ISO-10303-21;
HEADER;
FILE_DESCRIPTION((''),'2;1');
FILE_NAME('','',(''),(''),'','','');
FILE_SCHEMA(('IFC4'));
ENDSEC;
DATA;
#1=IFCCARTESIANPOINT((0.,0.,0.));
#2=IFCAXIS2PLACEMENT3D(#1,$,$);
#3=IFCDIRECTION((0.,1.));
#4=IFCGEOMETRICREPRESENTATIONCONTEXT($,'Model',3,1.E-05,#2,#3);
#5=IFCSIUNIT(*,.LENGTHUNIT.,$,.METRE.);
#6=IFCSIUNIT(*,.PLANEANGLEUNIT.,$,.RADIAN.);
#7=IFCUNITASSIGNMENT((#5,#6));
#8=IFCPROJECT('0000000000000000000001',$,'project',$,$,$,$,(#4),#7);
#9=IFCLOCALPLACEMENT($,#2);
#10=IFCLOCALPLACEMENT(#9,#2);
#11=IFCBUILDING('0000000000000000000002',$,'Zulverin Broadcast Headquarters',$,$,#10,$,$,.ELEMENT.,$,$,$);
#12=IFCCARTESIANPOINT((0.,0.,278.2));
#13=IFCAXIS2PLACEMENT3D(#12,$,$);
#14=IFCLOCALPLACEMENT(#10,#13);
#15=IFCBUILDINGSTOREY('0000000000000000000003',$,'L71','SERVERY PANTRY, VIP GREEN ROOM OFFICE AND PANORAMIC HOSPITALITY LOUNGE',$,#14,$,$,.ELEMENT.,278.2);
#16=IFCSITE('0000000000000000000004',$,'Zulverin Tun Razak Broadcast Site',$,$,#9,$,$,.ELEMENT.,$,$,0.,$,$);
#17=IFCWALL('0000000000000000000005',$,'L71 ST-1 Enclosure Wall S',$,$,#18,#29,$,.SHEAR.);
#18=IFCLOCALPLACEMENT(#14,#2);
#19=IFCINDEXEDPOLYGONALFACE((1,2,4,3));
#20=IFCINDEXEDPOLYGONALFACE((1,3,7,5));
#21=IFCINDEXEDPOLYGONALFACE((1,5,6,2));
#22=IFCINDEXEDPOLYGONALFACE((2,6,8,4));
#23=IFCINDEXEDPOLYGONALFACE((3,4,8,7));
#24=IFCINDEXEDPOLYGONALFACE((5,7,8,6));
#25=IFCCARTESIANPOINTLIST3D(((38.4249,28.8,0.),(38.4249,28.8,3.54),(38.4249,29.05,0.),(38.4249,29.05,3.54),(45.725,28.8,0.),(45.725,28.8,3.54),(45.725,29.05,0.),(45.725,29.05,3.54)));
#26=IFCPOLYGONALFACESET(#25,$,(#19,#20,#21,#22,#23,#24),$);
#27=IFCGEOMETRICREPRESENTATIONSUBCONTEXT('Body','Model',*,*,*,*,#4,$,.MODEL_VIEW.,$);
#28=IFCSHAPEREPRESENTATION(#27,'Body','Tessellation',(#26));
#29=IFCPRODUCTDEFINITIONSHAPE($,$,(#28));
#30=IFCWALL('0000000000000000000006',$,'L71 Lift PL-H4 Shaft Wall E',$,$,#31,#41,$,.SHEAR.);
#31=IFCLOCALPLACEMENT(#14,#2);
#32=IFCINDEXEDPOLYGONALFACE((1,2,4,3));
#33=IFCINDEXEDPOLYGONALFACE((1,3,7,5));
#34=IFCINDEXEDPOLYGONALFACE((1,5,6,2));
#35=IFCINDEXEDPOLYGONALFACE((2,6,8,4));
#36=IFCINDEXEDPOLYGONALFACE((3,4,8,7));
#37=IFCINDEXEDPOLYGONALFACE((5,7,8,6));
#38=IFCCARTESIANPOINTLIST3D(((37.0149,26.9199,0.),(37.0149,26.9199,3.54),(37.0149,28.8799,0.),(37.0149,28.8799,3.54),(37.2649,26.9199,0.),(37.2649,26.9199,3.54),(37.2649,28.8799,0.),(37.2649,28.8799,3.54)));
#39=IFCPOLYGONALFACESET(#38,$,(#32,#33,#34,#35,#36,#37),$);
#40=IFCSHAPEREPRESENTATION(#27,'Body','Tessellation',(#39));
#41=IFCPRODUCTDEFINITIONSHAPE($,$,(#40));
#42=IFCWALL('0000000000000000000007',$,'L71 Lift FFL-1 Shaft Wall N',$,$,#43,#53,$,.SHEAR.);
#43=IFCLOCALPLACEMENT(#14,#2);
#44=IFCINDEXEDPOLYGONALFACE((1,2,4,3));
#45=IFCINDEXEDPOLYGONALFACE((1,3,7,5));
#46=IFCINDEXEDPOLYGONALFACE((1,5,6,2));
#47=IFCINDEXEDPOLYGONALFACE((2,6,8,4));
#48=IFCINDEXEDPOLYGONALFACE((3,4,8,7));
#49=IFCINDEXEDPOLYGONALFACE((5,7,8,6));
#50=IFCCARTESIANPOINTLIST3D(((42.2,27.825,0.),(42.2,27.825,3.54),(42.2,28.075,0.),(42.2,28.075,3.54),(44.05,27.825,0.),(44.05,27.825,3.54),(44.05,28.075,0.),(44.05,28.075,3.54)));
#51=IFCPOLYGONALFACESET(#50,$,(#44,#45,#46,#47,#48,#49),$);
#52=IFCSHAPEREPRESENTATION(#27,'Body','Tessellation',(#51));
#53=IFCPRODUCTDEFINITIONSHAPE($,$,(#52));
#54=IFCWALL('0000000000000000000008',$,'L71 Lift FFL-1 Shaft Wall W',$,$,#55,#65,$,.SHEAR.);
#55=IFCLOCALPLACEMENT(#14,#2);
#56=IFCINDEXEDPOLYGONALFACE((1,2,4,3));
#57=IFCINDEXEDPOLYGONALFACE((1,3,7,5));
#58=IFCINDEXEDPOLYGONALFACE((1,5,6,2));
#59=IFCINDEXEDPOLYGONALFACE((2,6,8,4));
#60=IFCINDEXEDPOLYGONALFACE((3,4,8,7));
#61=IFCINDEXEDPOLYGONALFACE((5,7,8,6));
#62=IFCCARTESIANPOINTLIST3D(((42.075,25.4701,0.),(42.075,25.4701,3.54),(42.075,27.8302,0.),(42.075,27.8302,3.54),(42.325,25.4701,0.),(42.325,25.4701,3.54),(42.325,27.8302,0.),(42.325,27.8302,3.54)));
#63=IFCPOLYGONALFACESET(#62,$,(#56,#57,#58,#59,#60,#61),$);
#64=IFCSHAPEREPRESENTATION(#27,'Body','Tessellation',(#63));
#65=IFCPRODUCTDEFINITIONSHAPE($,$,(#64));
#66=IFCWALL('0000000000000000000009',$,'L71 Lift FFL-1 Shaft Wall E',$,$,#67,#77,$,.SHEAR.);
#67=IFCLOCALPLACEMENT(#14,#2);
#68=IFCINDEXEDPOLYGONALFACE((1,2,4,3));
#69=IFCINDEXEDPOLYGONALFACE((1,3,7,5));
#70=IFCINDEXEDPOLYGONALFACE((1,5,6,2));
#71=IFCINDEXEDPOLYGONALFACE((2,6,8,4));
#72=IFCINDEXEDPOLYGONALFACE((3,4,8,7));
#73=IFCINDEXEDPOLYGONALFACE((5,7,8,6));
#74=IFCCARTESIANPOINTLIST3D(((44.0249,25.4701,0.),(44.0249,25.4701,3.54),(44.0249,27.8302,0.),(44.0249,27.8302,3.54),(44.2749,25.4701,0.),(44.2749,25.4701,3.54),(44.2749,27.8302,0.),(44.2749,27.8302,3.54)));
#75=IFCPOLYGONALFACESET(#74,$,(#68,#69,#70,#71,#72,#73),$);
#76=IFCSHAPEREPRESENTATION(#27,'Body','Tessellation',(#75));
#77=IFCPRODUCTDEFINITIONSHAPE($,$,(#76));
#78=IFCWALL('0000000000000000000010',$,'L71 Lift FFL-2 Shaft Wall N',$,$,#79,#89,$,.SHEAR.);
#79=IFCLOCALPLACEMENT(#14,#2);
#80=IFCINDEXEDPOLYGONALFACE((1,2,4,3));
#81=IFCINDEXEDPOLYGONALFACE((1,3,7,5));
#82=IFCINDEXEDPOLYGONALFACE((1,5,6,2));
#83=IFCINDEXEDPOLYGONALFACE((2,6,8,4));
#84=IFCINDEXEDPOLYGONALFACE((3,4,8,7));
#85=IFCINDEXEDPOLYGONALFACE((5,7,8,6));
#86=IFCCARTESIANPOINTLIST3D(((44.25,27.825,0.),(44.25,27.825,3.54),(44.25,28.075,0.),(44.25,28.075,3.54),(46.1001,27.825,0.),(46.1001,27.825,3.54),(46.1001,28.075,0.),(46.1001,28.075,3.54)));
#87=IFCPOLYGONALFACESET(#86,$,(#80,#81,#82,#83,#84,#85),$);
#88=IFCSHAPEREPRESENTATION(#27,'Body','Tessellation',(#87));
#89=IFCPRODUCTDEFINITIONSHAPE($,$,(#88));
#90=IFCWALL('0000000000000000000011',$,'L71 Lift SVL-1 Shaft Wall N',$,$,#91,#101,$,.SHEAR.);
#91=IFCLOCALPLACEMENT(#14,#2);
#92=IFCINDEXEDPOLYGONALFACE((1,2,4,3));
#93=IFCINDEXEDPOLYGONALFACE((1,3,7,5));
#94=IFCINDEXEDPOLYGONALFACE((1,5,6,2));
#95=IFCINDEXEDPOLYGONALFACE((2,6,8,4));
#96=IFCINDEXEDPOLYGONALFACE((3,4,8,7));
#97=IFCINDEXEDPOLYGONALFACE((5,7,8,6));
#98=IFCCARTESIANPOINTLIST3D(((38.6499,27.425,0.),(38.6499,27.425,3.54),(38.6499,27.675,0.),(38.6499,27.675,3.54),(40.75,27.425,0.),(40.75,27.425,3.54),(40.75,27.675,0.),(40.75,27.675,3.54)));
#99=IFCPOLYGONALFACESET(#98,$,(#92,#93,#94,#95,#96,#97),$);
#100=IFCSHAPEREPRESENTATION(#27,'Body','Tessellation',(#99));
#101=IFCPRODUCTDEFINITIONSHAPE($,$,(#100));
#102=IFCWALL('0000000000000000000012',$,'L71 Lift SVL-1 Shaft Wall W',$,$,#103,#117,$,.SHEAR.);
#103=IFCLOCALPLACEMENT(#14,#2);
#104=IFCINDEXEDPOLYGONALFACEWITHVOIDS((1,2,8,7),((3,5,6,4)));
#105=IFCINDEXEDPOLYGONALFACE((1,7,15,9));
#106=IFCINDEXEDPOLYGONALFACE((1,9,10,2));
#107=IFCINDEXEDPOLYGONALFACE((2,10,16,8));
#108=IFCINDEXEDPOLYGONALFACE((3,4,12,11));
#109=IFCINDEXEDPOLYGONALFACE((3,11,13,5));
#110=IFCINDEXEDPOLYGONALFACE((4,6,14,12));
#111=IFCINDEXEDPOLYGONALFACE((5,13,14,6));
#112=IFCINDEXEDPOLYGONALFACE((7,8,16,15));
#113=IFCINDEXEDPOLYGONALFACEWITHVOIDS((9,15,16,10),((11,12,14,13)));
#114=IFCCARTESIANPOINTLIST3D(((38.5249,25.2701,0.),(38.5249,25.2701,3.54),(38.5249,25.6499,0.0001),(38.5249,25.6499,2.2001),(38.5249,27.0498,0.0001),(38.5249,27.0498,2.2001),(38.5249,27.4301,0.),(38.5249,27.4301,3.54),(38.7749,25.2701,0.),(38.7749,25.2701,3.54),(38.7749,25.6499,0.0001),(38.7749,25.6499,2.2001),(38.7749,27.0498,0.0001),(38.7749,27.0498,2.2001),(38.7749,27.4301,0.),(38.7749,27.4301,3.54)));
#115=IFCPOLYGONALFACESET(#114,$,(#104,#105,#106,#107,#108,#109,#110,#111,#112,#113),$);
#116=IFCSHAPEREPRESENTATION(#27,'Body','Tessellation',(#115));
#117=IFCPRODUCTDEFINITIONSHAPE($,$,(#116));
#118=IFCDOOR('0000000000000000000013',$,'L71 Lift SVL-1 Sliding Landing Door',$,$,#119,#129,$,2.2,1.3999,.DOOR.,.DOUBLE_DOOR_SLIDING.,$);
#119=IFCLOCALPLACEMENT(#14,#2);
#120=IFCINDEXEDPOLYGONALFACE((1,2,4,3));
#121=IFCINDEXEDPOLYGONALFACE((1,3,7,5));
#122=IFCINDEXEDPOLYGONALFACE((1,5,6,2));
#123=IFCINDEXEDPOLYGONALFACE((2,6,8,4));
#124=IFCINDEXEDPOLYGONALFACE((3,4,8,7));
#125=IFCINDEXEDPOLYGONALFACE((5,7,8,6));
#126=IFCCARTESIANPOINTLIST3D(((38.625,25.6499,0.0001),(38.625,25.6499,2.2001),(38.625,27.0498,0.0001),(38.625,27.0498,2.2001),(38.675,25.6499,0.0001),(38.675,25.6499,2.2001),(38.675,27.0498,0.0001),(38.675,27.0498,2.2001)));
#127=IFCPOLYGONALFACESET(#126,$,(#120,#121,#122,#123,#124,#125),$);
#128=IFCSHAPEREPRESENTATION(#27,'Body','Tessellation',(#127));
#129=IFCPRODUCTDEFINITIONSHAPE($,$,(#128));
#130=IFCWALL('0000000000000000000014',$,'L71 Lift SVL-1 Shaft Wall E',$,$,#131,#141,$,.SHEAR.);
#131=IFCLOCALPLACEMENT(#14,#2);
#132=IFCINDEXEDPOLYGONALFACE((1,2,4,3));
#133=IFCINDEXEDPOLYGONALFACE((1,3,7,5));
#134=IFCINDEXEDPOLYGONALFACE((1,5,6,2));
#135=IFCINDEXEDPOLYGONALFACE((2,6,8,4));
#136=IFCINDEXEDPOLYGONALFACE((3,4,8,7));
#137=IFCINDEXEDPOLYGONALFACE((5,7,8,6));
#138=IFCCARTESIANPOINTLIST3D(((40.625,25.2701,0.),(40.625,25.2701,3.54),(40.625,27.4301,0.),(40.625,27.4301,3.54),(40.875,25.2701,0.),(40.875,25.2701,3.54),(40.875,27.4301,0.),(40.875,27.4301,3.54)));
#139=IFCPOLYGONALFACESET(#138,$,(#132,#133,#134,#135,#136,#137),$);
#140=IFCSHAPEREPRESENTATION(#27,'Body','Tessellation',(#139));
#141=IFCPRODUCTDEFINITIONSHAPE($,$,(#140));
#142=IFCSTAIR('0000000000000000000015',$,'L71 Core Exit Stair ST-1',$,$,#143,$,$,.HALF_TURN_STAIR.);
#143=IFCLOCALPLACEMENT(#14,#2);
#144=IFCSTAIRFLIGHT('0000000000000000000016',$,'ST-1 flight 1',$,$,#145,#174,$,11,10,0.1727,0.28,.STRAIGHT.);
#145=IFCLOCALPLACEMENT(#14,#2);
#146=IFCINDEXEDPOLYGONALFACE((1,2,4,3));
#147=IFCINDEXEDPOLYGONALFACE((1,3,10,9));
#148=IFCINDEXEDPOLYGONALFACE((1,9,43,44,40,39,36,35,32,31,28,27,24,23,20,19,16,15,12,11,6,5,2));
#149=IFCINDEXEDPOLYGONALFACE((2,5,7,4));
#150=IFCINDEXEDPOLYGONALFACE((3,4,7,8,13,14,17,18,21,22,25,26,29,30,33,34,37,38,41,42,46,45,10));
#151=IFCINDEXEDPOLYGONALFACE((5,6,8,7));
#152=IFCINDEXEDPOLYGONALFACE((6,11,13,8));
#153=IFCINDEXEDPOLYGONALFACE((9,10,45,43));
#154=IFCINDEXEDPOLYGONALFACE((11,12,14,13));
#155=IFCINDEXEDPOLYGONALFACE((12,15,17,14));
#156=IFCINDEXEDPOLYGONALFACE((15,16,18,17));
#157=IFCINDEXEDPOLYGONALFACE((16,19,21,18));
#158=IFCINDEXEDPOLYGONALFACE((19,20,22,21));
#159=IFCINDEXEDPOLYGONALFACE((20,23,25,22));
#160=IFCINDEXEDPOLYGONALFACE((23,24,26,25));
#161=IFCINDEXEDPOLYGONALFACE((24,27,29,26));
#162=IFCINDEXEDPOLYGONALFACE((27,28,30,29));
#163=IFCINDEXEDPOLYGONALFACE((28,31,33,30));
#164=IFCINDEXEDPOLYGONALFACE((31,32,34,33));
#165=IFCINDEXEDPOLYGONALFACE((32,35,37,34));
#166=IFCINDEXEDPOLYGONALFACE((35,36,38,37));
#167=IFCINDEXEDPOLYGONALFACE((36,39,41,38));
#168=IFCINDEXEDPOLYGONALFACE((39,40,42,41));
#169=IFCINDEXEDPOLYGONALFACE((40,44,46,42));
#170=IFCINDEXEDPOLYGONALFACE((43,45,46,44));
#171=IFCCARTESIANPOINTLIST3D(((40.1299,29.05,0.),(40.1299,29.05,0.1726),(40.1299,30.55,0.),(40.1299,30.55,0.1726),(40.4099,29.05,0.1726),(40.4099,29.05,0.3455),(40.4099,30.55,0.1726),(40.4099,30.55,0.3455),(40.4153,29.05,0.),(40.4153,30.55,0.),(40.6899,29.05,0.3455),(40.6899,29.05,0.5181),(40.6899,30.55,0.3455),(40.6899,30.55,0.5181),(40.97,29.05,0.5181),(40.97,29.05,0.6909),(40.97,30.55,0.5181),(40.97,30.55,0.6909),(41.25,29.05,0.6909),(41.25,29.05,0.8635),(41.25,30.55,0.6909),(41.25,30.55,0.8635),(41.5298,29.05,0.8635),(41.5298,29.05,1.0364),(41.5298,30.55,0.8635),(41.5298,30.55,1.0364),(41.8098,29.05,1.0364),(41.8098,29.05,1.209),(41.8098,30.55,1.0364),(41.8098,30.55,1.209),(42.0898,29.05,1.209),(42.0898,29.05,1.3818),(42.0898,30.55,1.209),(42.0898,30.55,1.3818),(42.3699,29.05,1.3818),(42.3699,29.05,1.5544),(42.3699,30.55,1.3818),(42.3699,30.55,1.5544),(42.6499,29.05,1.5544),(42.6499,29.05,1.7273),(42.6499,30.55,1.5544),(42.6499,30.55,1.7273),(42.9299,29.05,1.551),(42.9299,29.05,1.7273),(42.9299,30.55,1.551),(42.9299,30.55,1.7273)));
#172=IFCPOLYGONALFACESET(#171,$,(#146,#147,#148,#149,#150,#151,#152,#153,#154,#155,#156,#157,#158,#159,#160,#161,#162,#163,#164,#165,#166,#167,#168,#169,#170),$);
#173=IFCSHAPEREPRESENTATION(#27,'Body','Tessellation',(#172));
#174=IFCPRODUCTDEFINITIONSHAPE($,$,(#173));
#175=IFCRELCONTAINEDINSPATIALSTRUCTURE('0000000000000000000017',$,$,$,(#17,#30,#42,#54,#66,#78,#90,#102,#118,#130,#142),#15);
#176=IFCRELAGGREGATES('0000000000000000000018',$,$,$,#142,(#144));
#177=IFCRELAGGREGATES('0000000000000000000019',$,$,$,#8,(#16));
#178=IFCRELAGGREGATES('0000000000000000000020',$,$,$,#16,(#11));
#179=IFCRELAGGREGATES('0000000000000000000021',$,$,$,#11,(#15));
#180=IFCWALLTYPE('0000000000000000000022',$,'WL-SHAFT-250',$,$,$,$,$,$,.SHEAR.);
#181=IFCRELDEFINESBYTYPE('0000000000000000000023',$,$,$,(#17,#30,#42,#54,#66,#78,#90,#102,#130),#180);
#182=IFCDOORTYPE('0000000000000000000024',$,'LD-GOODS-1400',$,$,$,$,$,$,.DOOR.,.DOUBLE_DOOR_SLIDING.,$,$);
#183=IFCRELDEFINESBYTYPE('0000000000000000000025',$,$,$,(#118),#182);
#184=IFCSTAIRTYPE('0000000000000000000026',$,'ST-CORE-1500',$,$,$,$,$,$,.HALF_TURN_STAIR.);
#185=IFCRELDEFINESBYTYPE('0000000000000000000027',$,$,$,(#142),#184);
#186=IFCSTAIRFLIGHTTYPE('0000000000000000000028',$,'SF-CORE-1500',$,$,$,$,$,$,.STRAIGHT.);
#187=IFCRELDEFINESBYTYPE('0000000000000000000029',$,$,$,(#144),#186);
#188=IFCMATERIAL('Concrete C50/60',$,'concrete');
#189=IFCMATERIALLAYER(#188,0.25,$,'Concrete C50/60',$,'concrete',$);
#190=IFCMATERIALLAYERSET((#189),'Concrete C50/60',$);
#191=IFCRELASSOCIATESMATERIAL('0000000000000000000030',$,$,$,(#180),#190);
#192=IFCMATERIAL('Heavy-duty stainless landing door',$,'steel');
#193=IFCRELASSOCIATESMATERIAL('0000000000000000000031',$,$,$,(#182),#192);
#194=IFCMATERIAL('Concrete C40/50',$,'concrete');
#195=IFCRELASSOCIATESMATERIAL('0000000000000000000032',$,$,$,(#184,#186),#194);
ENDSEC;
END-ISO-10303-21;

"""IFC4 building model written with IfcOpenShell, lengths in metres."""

from ifc_helpers import new_model, si_unit, direction, frame, frame_2d, origin, place, context, subcontext, project, spatial, polyline, rectangle, outline, extrude, material, layer, layer_set, type_object, element, fill, aggregate, save


model = new_model("IFC4")

# Units and contexts
model_context = context("Model", 3, precision=1e-05, world=origin(), true_north=direction((0.0, 1.0)))
body_context = subcontext(model_context, "Body", "Model", "MODEL_VIEW")
ifc_project = project(units=[si_unit("LENGTHUNIT", "METRE"), si_unit("PLANEANGLEUNIT", "RADIAN")], contexts=[model_context])

# Site, building, storey
site_placement = place(None, origin())
site = spatial("IfcSite", under=ifc_project, at=site_placement, Name="Zulverin Tun Razak Broadcast Site", CompositionType="ELEMENT", RefElevation=0.0)
building_placement = place(site_placement, origin())
building = spatial("IfcBuilding", under=site, at=building_placement, Name="Zulverin Broadcast Headquarters", CompositionType="ELEMENT")
storey_placement = place(building_placement, frame((0.0, 0.0, 278.2)))
storey = spatial("IfcBuildingStorey", under=building, at=storey_placement, Name="L71", Description="SERVERY PANTRY, VIP GREEN ROOM OFFICE AND PANORAMIC HOSPITALITY LOUNGE", CompositionType="ELEMENT", Elevation=278.2)

# Wall
ifc_material_1 = material(Name="Concrete C50/60", Category="concrete")
ifc_layer = layer(ifc_material_1, 0.25, Name="Concrete C50/60", Category="concrete")
ifc_layer_set = layer_set([ifc_layer], Name="Concrete C50/60")
wall_type = type_object("IfcWallType", Name="WL-SHAFT-250", PredefinedType="SHEAR", material=ifc_layer_set)
wall_1_placement = place(storey_placement, frame((38.425, 28.925, 0.0), z_axis=(0.0, 0.0, 1.0), x_axis=(1.0, 0.0, 0.0)))
element("IfcWall", 1, at=wall_1_placement, inside=storey, type_object=wall_type, Name="L71 ST-1 Enclosure Wall S", PredefinedType="SHEAR", context=body_context, shape_type="SweptSolid", body=[
    extrude(rectangle(XDim=7.3, YDim=0.25, at=frame_2d((3.6499, 0.0))), origin(), (0.0, 0.0, 1.0), 3.54),
])

# Wall
wall_2_placement = place(storey_placement, frame((37.1399, 26.9199, 0.0), z_axis=(0.0, 0.0, 1.0), x_axis=(0.0, 1.0, 0.0)))
element("IfcWall", 2, at=wall_2_placement, inside=storey, type_object=wall_type, Name="L71 Lift PL-H4 Shaft Wall E", PredefinedType="SHEAR", context=body_context, shape_type="SweptSolid", body=[
    extrude(rectangle(XDim=1.96, YDim=0.25, at=frame_2d((0.98, 0.0))), origin(), (0.0, 0.0, 1.0), 3.54),
])

# Walls
wall_3_placement = place(storey_placement, frame((42.2, 27.95, 0.0), z_axis=(0.0, 0.0, 1.0), x_axis=(1.0, 0.0, 0.0)))
element("IfcWall", 3, at=wall_3_placement, inside=storey, type_object=wall_type, Name="L71 Lift FFL-1 Shaft Wall N", PredefinedType="SHEAR", context=body_context, shape_type="SweptSolid", body=[
    extrude(rectangle(XDim=1.8501, YDim=0.25, at=frame_2d((0.925, 0.0))), origin(), (0.0, 0.0, 1.0), 3.54),
])
for number, where, z_axis, x_axis, name in (
    (4, (42.2, 25.47, 0.0), (0.0, 0.0, 1.0), (0.0, 1.0, 0.0), "L71 Lift FFL-1 Shaft Wall W"),
    (5, (44.1499, 25.47, 0.0), (0.0, 0.0, 1.0), (0.0, 1.0, 0.0), "L71 Lift FFL-1 Shaft Wall E"),
):
    element("IfcWall", number, at=place(storey_placement, frame(where, z_axis=z_axis, x_axis=x_axis)), inside=storey, type_object=wall_type, Name=name, PredefinedType="SHEAR", context=body_context, shape_type="SweptSolid", body=[
        extrude(rectangle(XDim=2.3601, YDim=0.25, at=frame_2d((1.1802, 0.0))), origin(), (0.0, 0.0, 1.0), 3.54),
    ])

# Walls
wall_4_placement = place(storey_placement, frame((44.25, 27.95, 0.0), z_axis=(0.0, 0.0, 1.0), x_axis=(1.0, 0.0, 0.0)))
element("IfcWall", 6, at=wall_4_placement, inside=storey, type_object=wall_type, Name="L71 Lift FFL-2 Shaft Wall N", PredefinedType="SHEAR", context=body_context, shape_type="SweptSolid", body=[
    extrude(rectangle(XDim=1.8501, YDim=0.25, at=frame_2d((0.925, 0.0))), origin(), (0.0, 0.0, 1.0), 3.54),
])
wall_5_placement = place(storey_placement, frame((38.6499, 27.55, 0.0), z_axis=(0.0, 0.0, 1.0), x_axis=(1.0, 0.0, 0.0)))
element("IfcWall", 7, at=wall_5_placement, inside=storey, type_object=wall_type, Name="L71 Lift SVL-1 Shaft Wall N", PredefinedType="SHEAR", context=body_context, shape_type="SweptSolid", body=[
    extrude(rectangle(XDim=2.1001, YDim=0.25, at=frame_2d((1.05, 0.0))), origin(), (0.0, 0.0, 1.0), 3.54),
])

# Wall, opening, door
wall_6_placement = place(storey_placement, frame((38.6499, 25.27, 0.0), z_axis=(0.0, 0.0, 1.0), x_axis=(0.0, 1.0, 0.0)))
wall_6 = element("IfcWall", 8, at=wall_6_placement, inside=storey, type_object=wall_type, Name="L71 Lift SVL-1 Shaft Wall W", PredefinedType="SHEAR", context=body_context, shape_type="SweptSolid", body=[
    extrude(rectangle(XDim=2.1599, YDim=0.25, at=frame_2d((1.0801, 0.0))), origin(), (0.0, 0.0, 1.0), 3.54),
])
opening_1_placement = place(wall_6_placement, frame((0.3799, 0.0, 0.0)))
opening_1 = element("IfcOpeningElement", 9, at=opening_1_placement, cuts=wall_6, PredefinedType="OPENING", context=body_context, shape_type="SweptSolid", body=[
    extrude(rectangle(XDim=1.3999, YDim=2.2, at=frame_2d((0.7, 1.1001))), frame((0.0, 0.135, 0.0), z_axis=(0.0, -1.0, 0.0), x_axis=(1.0, 0.0, 0.0)), (0.0, 0.0, 1.0), 0.27),
])
ifc_material_2 = material(Name="Heavy-duty stainless landing door", Category="steel")
door_type_1 = type_object("IfcDoorType", Name="LD-GOODS-1400", OperationType="DOUBLE_DOOR_SLIDING", PredefinedType="DOOR", material=ifc_material_2)
door_1_placement = place(opening_1_placement, origin())
door_1 = element("IfcDoor", 10, at=door_1_placement, inside=storey, type_object=door_type_1, Name="L71 Lift SVL-1 Sliding Landing Door", OperationType="DOUBLE_DOOR_SLIDING", OverallHeight=2.2, OverallWidth=1.3999, PredefinedType="DOOR", context=body_context, shape_type="SweptSolid", body=[
    extrude(rectangle(XDim=1.3999, YDim=2.2, at=frame_2d((0.7, 1.1001))), frame((0.0, 0.0249, 0.0), z_axis=(0.0, -1.0, 0.0), x_axis=(1.0, 0.0, 0.0)), (0.0, 0.0, 1.0), 0.05),
])
fill(opening_1, door_1)

# Wall
wall_7_placement = place(storey_placement, frame((40.75, 25.27, 0.0), z_axis=(0.0, 0.0, 1.0), x_axis=(0.0, 1.0, 0.0)))
element("IfcWall", 11, at=wall_7_placement, inside=storey, type_object=wall_type, Name="L71 Lift SVL-1 Shaft Wall E", PredefinedType="SHEAR", context=body_context, shape_type="SweptSolid", body=[
    extrude(rectangle(XDim=2.1599, YDim=0.25, at=frame_2d((1.0801, 0.0))), origin(), (0.0, 0.0, 1.0), 3.54),
])

# Stair, stair flight
ifc_material_3 = material(Name="Concrete C40/50", Category="concrete")
stair_type = type_object("IfcStairType", Name="ST-CORE-1500", PredefinedType="HALF_TURN_STAIR", material=ifc_material_3)
stair_placement = place(storey_placement, origin())
stair = element("IfcStair", 12, at=stair_placement, inside=storey, type_object=stair_type, Name="L71 Core Exit Stair ST-1", PredefinedType="HALF_TURN_STAIR")
stair_flight_type = type_object("IfcStairFlightType", Name="SF-CORE-1500", PredefinedType="STRAIGHT", material=ifc_material_3)
stair_flight_placement = place(storey_placement, frame((40.1299, 29.8, 0.0), z_axis=(0.0, 0.0, 1.0), x_axis=(1.0, 0.0, 0.0)))
stair_flight = element("IfcStairFlight", 13, at=stair_flight_placement, type_object=stair_flight_type, Name="ST-1 flight 1", NumberOfRisers=11, NumberOfTreads=10, PredefinedType="STRAIGHT", RiserHeight=0.1727, TreadLength=0.28, context=body_context, shape_type="SweptSolid", body=[
    extrude(outline(polyline([(0.0, 0.0), (0.0, 0.1726), (0.28, 0.1726), (0.28, 0.3455), (0.5601, 0.3455), (0.5601, 0.5181), (0.8401, 0.5181), (0.8401, 0.6909), (1.1201, 0.6909), (1.1201, 0.8635), (1.3999, 0.8635), (1.3999, 1.0364), (1.6799, 1.0364), (1.6799, 1.209), (1.96, 1.209), (1.96, 1.3818), (2.24, 1.3818), (2.24, 1.5544), (2.52, 1.5544), (2.52, 1.7273), (2.8, 1.7273), (2.8, 1.8999), (2.8, 1.551), (0.2854, 0.0), (0.0, 0.0)])), frame((0.0, 0.75, 0.0), z_axis=(0.0, -1.0, 0.0), x_axis=(1.0, 0.0, 0.0)), (0.0, 0.0, 1.0), 1.5),
])
aggregate(stair, [stair_flight])

save(model, "model.ifc")
